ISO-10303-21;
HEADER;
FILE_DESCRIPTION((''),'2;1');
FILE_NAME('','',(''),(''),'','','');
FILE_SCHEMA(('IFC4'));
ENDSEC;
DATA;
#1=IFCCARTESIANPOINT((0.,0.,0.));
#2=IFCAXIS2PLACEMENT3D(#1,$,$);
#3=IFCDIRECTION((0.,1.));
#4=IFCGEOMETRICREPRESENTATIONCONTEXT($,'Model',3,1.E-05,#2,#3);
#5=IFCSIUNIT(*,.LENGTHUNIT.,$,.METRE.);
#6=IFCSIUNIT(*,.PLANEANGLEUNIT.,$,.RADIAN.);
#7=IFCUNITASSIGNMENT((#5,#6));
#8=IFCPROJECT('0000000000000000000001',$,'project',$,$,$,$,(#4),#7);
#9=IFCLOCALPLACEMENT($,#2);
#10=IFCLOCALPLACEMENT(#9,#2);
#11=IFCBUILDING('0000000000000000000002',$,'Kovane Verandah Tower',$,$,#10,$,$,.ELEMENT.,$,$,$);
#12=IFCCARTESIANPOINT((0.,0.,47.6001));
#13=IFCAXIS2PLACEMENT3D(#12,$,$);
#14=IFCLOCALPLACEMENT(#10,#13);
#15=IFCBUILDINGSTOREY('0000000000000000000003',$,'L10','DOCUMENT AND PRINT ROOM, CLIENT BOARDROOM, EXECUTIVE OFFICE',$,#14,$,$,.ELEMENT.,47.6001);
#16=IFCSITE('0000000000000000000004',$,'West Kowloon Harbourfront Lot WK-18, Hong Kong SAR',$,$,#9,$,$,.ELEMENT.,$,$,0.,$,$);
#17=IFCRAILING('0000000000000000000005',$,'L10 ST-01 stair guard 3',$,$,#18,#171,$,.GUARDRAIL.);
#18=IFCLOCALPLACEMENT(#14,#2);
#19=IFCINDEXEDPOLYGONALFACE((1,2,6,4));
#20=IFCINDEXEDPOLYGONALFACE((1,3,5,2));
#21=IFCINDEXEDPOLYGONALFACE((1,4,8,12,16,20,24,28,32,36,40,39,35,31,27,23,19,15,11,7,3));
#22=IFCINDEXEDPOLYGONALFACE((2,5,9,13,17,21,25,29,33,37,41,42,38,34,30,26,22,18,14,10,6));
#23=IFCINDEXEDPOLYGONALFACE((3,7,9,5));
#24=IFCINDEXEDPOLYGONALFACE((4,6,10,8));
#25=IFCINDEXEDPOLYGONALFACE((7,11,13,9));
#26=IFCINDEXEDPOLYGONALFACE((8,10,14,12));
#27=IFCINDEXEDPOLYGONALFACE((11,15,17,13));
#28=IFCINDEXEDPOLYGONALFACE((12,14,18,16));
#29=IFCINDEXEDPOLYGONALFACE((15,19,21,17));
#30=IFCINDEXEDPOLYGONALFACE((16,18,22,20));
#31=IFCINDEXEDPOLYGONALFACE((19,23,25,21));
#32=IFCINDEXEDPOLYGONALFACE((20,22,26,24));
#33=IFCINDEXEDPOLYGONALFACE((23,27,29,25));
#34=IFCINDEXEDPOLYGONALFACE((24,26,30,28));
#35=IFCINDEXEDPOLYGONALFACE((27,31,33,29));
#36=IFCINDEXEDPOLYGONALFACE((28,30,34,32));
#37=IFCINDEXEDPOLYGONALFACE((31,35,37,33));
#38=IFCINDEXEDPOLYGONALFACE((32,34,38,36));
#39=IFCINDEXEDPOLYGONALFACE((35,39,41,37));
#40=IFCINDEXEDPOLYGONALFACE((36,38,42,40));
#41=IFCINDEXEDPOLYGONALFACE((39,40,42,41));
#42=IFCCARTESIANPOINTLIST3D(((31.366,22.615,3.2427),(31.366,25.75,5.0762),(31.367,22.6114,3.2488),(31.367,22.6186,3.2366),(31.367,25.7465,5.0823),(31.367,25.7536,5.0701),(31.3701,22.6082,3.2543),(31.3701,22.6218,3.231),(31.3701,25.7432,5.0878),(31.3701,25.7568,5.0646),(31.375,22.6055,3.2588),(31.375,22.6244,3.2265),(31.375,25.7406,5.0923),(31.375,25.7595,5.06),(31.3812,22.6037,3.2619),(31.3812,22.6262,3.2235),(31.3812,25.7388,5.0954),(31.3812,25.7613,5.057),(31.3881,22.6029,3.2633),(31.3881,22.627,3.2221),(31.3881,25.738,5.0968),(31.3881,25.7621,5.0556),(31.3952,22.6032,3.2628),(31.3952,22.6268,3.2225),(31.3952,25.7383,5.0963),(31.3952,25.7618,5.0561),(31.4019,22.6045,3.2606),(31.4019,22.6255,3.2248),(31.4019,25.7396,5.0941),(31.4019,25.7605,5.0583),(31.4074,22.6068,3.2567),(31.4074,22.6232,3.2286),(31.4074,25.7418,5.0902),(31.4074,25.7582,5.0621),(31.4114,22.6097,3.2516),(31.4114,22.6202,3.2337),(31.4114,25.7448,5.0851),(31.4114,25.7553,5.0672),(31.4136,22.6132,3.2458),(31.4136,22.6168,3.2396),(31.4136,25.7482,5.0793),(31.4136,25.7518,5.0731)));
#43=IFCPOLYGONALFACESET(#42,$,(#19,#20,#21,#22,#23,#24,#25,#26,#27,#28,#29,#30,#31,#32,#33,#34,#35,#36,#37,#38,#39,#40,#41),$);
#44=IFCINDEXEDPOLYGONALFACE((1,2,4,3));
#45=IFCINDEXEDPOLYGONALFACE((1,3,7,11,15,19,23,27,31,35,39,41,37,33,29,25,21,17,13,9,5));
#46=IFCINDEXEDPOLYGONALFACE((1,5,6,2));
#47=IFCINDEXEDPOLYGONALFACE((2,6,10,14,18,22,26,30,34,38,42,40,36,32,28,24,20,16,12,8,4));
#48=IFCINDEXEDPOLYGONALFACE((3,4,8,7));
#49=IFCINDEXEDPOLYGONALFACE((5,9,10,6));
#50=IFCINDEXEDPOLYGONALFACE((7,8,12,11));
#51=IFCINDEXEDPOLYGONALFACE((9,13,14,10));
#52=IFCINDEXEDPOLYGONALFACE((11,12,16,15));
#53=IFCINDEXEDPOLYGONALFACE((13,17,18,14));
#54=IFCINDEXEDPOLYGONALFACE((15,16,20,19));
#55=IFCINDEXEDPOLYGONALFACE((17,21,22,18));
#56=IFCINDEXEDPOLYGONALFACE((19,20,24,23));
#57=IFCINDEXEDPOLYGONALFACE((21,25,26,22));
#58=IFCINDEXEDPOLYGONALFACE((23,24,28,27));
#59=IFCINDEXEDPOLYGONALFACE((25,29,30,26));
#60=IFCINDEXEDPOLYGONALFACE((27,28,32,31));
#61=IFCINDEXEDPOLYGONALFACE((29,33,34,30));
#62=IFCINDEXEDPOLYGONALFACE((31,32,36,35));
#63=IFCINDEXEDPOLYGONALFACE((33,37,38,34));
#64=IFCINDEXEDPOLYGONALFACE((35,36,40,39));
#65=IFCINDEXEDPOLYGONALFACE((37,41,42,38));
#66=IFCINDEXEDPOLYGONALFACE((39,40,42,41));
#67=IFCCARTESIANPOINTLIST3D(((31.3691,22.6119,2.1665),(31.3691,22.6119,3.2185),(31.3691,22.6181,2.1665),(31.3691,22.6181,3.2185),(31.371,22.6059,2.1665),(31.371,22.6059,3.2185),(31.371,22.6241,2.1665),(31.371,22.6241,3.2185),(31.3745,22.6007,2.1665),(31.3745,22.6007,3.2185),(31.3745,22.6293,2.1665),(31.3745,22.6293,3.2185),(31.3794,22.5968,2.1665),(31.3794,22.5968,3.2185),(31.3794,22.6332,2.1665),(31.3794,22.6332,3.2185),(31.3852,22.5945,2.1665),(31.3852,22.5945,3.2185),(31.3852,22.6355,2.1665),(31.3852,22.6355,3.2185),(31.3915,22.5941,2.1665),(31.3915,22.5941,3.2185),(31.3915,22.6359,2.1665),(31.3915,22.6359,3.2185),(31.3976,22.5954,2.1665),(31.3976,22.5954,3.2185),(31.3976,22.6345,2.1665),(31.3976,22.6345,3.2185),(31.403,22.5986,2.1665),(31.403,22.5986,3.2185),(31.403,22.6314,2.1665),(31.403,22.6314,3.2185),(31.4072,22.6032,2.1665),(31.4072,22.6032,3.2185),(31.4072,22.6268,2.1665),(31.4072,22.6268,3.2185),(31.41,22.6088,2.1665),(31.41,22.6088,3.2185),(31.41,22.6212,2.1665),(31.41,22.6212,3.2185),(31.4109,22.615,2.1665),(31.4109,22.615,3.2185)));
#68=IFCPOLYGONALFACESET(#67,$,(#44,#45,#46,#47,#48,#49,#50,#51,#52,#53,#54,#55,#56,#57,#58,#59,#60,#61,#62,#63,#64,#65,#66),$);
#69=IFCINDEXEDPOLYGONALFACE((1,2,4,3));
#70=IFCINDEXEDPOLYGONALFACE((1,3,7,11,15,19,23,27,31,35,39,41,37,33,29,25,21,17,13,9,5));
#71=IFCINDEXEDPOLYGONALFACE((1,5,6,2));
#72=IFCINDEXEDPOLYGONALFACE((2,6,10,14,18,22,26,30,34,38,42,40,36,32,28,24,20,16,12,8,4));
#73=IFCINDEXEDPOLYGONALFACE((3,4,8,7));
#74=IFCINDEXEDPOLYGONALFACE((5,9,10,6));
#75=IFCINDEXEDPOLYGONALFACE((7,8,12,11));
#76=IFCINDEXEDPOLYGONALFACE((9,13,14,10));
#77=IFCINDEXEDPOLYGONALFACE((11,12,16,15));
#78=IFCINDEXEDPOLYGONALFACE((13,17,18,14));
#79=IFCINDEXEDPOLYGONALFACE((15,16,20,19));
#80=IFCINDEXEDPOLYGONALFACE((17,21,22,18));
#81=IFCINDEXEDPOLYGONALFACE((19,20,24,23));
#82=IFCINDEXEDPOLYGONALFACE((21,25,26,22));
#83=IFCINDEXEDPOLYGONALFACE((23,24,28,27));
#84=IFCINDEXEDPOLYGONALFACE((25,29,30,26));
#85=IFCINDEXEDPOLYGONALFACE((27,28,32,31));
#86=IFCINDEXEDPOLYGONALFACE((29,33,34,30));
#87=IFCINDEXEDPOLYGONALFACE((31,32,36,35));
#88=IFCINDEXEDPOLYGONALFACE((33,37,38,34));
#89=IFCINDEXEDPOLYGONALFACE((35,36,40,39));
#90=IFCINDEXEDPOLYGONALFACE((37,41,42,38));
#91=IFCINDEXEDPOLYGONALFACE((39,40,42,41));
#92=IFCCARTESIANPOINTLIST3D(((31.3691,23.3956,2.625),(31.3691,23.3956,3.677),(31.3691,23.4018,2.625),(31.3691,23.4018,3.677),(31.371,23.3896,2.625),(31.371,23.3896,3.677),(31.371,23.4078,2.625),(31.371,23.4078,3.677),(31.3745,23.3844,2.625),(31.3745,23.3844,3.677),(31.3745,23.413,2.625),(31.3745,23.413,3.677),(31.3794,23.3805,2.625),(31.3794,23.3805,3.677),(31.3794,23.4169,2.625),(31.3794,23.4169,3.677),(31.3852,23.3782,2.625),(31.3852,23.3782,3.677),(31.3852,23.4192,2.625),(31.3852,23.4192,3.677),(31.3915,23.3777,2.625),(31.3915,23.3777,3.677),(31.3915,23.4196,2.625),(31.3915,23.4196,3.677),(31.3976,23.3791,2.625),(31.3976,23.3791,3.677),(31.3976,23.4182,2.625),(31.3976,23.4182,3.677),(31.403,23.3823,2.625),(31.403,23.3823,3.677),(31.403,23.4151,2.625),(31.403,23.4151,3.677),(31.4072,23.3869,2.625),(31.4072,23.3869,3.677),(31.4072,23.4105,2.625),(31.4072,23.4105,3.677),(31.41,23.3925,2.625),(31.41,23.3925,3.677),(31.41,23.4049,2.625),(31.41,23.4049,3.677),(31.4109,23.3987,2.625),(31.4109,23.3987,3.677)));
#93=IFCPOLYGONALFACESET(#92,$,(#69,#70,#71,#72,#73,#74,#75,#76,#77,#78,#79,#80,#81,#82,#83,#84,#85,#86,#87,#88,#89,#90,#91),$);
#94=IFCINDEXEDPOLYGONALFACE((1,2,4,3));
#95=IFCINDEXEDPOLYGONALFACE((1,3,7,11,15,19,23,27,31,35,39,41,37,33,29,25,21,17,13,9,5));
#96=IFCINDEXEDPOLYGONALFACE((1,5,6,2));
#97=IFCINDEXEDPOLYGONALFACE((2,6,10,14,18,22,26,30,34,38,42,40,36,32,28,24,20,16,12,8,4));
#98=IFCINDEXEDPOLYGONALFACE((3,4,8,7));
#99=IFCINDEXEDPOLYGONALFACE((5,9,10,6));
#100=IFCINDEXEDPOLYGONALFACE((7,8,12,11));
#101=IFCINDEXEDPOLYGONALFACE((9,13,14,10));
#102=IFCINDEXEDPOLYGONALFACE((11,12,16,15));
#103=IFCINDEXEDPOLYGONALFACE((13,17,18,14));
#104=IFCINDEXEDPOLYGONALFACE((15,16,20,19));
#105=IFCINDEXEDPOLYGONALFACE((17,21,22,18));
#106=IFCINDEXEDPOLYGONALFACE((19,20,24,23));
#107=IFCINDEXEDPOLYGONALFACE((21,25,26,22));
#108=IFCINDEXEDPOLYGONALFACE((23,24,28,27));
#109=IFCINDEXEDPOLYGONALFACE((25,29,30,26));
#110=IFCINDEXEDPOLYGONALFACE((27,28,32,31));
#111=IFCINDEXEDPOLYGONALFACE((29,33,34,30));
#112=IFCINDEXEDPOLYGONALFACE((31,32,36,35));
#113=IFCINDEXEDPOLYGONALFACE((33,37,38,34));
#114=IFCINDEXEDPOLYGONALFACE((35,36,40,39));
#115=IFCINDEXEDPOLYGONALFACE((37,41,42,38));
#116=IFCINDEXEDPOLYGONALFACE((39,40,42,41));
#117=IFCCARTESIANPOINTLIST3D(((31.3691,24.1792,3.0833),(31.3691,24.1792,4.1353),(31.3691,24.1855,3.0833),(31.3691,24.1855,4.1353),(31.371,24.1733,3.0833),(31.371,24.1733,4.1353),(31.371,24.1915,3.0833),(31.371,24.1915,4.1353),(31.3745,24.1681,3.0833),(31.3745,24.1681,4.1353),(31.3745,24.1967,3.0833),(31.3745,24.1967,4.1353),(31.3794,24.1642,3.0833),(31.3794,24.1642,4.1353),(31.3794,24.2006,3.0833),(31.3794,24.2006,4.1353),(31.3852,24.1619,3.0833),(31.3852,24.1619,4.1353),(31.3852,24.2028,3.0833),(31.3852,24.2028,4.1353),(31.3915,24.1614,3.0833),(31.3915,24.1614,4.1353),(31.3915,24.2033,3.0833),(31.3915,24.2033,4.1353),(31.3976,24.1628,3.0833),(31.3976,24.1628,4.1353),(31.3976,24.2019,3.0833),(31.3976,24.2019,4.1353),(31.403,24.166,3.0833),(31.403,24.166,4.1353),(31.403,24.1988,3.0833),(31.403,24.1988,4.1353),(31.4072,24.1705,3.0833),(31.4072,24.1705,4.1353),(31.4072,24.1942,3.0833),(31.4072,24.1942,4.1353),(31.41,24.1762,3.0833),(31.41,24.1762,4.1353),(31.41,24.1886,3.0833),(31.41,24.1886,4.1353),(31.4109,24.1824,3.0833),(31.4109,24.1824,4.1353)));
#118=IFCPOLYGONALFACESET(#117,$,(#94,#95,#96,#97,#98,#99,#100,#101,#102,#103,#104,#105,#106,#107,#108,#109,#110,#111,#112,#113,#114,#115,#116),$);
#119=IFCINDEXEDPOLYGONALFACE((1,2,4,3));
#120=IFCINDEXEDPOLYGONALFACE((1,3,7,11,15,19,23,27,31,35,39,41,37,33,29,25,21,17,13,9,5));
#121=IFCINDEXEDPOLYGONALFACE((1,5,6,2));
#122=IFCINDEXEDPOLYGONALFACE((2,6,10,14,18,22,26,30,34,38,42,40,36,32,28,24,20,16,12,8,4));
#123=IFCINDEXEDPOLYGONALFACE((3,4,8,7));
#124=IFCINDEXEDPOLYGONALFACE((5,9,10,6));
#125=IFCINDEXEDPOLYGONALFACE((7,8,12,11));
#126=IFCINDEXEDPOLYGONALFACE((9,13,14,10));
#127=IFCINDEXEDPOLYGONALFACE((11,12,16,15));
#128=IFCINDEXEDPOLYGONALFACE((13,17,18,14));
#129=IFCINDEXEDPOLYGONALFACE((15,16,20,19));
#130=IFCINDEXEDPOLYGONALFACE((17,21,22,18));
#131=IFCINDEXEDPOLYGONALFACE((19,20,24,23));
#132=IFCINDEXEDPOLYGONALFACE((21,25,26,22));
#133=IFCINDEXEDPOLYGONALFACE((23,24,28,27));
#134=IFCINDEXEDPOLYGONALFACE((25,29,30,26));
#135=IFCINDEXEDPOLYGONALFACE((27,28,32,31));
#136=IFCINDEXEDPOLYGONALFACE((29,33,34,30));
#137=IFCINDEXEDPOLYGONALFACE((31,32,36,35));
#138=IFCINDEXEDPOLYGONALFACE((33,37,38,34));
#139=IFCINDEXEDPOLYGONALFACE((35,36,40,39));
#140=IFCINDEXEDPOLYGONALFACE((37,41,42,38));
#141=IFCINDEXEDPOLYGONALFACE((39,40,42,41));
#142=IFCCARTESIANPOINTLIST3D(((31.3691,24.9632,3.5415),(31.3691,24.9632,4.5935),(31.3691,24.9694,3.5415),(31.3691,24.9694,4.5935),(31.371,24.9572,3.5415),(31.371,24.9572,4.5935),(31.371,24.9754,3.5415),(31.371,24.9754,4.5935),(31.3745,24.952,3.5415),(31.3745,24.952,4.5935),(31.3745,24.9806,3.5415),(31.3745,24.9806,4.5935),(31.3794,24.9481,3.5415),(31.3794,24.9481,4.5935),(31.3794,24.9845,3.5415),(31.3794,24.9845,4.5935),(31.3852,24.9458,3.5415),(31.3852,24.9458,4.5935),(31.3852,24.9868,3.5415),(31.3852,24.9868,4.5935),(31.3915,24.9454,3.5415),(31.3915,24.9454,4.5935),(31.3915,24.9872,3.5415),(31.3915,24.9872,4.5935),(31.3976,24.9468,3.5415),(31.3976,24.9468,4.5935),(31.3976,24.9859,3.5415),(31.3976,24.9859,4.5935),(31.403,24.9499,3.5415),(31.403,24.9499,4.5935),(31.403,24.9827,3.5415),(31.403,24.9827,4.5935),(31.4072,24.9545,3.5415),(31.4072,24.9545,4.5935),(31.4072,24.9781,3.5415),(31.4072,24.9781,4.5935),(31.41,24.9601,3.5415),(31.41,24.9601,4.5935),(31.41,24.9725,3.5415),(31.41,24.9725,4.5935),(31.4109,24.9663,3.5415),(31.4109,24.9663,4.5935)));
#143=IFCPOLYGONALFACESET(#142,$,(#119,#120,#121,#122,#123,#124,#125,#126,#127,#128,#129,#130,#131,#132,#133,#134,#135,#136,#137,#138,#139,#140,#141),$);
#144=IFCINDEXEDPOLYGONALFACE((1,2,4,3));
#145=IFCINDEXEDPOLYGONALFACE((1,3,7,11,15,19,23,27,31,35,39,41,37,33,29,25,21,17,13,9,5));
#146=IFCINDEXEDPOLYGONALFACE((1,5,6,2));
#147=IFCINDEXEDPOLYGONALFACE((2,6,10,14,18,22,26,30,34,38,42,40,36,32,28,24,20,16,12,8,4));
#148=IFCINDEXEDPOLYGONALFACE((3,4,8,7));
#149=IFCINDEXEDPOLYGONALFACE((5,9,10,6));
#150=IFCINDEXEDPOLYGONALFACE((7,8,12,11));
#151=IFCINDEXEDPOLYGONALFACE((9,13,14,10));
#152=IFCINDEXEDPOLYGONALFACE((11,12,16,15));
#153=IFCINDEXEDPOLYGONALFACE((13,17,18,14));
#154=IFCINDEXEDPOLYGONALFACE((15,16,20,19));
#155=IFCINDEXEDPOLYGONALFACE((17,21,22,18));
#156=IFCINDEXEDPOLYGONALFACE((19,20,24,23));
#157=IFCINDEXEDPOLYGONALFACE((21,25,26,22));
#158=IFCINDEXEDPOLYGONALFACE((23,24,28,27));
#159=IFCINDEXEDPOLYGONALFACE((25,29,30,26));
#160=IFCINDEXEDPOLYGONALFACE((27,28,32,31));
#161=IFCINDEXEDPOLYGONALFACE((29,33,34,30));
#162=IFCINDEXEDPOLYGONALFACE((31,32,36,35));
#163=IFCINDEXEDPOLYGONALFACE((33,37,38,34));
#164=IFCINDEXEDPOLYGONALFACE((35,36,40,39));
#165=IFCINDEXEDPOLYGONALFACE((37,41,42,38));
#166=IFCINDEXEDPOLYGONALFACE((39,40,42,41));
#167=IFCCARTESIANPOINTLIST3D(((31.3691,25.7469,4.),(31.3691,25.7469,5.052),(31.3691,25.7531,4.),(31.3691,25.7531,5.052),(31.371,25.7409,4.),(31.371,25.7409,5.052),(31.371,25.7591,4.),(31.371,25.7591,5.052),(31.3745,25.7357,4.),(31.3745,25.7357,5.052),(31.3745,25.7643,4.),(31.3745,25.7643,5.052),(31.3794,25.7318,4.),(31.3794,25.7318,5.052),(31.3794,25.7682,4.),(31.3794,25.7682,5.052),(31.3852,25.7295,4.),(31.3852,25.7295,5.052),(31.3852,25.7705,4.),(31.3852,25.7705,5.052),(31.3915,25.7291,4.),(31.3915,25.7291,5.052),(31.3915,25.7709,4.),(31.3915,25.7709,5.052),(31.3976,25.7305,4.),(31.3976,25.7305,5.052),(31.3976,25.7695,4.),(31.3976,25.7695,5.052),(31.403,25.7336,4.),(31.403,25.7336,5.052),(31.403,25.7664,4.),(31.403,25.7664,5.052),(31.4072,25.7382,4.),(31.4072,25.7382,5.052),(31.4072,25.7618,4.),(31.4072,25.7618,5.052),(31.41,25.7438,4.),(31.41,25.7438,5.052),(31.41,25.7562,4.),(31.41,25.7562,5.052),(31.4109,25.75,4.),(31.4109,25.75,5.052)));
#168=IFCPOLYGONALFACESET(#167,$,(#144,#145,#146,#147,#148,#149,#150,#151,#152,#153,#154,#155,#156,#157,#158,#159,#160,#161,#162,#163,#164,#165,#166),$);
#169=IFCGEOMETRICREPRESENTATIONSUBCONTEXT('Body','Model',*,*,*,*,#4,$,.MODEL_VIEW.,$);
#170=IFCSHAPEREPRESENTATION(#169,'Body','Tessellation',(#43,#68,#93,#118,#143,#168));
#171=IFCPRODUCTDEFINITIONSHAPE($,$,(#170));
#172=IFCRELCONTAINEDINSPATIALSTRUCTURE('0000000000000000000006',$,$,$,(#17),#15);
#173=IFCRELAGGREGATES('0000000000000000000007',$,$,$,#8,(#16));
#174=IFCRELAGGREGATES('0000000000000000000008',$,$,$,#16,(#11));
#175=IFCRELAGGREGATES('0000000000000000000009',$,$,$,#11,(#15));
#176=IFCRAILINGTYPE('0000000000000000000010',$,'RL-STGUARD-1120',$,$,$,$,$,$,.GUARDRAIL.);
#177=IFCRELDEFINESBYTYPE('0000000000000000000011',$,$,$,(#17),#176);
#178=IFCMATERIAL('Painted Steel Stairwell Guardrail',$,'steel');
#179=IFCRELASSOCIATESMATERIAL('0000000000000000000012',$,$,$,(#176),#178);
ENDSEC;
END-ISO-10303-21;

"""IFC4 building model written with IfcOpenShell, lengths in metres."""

from ifc_helpers import new_model, si_unit, direction, frame, origin, origin_2d, place, context, subcontext, project, spatial, circle, extrude, material, type_object, element, save


model = new_model("IFC4")

# Units and contexts
model_context = context("Model", 3, precision=1e-05, world=origin(), true_north=direction((0.0, 1.0)))
body_context = subcontext(model_context, "Body", "Model", "MODEL_VIEW")
ifc_project = project(units=[si_unit("LENGTHUNIT", "METRE"), si_unit("PLANEANGLEUNIT", "RADIAN")], contexts=[model_context])

# Site, building, storey
site_placement = place(None, origin())
site = spatial("IfcSite", under=ifc_project, at=site_placement, Name="West Kowloon Harbourfront Lot WK-18, Hong Kong SAR", CompositionType="ELEMENT", RefElevation=0.0)
building_placement = place(site_placement, origin())
building = spatial("IfcBuilding", under=site, at=building_placement, Name="Kovane Verandah Tower", CompositionType="ELEMENT")
storey_placement = place(building_placement, frame((0.0, 0.0, 47.6001)))
storey = spatial("IfcBuildingStorey", under=building, at=storey_placement, Name="L10", Description="DOCUMENT AND PRINT ROOM, CLIENT BOARDROOM, EXECUTIVE OFFICE", CompositionType="ELEMENT", Elevation=47.6001)

# Railing
ifc_material_1 = material(Name="Painted Steel Stairwell Guardrail", Category="steel")
railing_type_1 = type_object("IfcRailingType", Name="RL-STGUARD-1120", PredefinedType="GUARDRAIL", material=ifc_material_1)
railing_1_placement = place(storey_placement, frame((31.3899, 22.615, 2.1665)))
element("IfcRailing", 1, at=railing_1_placement, inside=storey, type_object=railing_type_1, Name="L10 ST-01 stair guard 3", PredefinedType="GUARDRAIL", context=body_context, shape_type="SweptSolid", body=[
    extrude(circle(Radius=0.0239, at=origin_2d()), frame((0.0, 0.0, 1.0762), z_axis=(0.0, 0.86321, 0.504845), x_axis=(-1.0, 0.0, 0.0)), (0.0, 0.0, 1.0), 3.6318),
    extrude(circle(Radius=0.021, at=origin_2d()), origin(), (0.0, 0.0, 1.0), 1.052),
    extrude(circle(Radius=0.021, at=origin_2d()), frame((0.0, 0.7837, 0.4585)), (0.0, 0.0, 1.0), 1.052),
    extrude(circle(Radius=0.021, at=origin_2d()), frame((0.0, 1.5674, 0.9167)), (0.0, 0.0, 1.0), 1.052),
    extrude(circle(Radius=0.021, at=origin_2d()), frame((0.0, 2.3513, 1.375)), (0.0, 0.0, 1.0), 1.052),
    extrude(circle(Radius=0.021, at=origin_2d()), frame((0.0, 3.135, 1.8335)), (0.0, 0.0, 1.0), 1.052),
])

save(model, "model.ifc")
